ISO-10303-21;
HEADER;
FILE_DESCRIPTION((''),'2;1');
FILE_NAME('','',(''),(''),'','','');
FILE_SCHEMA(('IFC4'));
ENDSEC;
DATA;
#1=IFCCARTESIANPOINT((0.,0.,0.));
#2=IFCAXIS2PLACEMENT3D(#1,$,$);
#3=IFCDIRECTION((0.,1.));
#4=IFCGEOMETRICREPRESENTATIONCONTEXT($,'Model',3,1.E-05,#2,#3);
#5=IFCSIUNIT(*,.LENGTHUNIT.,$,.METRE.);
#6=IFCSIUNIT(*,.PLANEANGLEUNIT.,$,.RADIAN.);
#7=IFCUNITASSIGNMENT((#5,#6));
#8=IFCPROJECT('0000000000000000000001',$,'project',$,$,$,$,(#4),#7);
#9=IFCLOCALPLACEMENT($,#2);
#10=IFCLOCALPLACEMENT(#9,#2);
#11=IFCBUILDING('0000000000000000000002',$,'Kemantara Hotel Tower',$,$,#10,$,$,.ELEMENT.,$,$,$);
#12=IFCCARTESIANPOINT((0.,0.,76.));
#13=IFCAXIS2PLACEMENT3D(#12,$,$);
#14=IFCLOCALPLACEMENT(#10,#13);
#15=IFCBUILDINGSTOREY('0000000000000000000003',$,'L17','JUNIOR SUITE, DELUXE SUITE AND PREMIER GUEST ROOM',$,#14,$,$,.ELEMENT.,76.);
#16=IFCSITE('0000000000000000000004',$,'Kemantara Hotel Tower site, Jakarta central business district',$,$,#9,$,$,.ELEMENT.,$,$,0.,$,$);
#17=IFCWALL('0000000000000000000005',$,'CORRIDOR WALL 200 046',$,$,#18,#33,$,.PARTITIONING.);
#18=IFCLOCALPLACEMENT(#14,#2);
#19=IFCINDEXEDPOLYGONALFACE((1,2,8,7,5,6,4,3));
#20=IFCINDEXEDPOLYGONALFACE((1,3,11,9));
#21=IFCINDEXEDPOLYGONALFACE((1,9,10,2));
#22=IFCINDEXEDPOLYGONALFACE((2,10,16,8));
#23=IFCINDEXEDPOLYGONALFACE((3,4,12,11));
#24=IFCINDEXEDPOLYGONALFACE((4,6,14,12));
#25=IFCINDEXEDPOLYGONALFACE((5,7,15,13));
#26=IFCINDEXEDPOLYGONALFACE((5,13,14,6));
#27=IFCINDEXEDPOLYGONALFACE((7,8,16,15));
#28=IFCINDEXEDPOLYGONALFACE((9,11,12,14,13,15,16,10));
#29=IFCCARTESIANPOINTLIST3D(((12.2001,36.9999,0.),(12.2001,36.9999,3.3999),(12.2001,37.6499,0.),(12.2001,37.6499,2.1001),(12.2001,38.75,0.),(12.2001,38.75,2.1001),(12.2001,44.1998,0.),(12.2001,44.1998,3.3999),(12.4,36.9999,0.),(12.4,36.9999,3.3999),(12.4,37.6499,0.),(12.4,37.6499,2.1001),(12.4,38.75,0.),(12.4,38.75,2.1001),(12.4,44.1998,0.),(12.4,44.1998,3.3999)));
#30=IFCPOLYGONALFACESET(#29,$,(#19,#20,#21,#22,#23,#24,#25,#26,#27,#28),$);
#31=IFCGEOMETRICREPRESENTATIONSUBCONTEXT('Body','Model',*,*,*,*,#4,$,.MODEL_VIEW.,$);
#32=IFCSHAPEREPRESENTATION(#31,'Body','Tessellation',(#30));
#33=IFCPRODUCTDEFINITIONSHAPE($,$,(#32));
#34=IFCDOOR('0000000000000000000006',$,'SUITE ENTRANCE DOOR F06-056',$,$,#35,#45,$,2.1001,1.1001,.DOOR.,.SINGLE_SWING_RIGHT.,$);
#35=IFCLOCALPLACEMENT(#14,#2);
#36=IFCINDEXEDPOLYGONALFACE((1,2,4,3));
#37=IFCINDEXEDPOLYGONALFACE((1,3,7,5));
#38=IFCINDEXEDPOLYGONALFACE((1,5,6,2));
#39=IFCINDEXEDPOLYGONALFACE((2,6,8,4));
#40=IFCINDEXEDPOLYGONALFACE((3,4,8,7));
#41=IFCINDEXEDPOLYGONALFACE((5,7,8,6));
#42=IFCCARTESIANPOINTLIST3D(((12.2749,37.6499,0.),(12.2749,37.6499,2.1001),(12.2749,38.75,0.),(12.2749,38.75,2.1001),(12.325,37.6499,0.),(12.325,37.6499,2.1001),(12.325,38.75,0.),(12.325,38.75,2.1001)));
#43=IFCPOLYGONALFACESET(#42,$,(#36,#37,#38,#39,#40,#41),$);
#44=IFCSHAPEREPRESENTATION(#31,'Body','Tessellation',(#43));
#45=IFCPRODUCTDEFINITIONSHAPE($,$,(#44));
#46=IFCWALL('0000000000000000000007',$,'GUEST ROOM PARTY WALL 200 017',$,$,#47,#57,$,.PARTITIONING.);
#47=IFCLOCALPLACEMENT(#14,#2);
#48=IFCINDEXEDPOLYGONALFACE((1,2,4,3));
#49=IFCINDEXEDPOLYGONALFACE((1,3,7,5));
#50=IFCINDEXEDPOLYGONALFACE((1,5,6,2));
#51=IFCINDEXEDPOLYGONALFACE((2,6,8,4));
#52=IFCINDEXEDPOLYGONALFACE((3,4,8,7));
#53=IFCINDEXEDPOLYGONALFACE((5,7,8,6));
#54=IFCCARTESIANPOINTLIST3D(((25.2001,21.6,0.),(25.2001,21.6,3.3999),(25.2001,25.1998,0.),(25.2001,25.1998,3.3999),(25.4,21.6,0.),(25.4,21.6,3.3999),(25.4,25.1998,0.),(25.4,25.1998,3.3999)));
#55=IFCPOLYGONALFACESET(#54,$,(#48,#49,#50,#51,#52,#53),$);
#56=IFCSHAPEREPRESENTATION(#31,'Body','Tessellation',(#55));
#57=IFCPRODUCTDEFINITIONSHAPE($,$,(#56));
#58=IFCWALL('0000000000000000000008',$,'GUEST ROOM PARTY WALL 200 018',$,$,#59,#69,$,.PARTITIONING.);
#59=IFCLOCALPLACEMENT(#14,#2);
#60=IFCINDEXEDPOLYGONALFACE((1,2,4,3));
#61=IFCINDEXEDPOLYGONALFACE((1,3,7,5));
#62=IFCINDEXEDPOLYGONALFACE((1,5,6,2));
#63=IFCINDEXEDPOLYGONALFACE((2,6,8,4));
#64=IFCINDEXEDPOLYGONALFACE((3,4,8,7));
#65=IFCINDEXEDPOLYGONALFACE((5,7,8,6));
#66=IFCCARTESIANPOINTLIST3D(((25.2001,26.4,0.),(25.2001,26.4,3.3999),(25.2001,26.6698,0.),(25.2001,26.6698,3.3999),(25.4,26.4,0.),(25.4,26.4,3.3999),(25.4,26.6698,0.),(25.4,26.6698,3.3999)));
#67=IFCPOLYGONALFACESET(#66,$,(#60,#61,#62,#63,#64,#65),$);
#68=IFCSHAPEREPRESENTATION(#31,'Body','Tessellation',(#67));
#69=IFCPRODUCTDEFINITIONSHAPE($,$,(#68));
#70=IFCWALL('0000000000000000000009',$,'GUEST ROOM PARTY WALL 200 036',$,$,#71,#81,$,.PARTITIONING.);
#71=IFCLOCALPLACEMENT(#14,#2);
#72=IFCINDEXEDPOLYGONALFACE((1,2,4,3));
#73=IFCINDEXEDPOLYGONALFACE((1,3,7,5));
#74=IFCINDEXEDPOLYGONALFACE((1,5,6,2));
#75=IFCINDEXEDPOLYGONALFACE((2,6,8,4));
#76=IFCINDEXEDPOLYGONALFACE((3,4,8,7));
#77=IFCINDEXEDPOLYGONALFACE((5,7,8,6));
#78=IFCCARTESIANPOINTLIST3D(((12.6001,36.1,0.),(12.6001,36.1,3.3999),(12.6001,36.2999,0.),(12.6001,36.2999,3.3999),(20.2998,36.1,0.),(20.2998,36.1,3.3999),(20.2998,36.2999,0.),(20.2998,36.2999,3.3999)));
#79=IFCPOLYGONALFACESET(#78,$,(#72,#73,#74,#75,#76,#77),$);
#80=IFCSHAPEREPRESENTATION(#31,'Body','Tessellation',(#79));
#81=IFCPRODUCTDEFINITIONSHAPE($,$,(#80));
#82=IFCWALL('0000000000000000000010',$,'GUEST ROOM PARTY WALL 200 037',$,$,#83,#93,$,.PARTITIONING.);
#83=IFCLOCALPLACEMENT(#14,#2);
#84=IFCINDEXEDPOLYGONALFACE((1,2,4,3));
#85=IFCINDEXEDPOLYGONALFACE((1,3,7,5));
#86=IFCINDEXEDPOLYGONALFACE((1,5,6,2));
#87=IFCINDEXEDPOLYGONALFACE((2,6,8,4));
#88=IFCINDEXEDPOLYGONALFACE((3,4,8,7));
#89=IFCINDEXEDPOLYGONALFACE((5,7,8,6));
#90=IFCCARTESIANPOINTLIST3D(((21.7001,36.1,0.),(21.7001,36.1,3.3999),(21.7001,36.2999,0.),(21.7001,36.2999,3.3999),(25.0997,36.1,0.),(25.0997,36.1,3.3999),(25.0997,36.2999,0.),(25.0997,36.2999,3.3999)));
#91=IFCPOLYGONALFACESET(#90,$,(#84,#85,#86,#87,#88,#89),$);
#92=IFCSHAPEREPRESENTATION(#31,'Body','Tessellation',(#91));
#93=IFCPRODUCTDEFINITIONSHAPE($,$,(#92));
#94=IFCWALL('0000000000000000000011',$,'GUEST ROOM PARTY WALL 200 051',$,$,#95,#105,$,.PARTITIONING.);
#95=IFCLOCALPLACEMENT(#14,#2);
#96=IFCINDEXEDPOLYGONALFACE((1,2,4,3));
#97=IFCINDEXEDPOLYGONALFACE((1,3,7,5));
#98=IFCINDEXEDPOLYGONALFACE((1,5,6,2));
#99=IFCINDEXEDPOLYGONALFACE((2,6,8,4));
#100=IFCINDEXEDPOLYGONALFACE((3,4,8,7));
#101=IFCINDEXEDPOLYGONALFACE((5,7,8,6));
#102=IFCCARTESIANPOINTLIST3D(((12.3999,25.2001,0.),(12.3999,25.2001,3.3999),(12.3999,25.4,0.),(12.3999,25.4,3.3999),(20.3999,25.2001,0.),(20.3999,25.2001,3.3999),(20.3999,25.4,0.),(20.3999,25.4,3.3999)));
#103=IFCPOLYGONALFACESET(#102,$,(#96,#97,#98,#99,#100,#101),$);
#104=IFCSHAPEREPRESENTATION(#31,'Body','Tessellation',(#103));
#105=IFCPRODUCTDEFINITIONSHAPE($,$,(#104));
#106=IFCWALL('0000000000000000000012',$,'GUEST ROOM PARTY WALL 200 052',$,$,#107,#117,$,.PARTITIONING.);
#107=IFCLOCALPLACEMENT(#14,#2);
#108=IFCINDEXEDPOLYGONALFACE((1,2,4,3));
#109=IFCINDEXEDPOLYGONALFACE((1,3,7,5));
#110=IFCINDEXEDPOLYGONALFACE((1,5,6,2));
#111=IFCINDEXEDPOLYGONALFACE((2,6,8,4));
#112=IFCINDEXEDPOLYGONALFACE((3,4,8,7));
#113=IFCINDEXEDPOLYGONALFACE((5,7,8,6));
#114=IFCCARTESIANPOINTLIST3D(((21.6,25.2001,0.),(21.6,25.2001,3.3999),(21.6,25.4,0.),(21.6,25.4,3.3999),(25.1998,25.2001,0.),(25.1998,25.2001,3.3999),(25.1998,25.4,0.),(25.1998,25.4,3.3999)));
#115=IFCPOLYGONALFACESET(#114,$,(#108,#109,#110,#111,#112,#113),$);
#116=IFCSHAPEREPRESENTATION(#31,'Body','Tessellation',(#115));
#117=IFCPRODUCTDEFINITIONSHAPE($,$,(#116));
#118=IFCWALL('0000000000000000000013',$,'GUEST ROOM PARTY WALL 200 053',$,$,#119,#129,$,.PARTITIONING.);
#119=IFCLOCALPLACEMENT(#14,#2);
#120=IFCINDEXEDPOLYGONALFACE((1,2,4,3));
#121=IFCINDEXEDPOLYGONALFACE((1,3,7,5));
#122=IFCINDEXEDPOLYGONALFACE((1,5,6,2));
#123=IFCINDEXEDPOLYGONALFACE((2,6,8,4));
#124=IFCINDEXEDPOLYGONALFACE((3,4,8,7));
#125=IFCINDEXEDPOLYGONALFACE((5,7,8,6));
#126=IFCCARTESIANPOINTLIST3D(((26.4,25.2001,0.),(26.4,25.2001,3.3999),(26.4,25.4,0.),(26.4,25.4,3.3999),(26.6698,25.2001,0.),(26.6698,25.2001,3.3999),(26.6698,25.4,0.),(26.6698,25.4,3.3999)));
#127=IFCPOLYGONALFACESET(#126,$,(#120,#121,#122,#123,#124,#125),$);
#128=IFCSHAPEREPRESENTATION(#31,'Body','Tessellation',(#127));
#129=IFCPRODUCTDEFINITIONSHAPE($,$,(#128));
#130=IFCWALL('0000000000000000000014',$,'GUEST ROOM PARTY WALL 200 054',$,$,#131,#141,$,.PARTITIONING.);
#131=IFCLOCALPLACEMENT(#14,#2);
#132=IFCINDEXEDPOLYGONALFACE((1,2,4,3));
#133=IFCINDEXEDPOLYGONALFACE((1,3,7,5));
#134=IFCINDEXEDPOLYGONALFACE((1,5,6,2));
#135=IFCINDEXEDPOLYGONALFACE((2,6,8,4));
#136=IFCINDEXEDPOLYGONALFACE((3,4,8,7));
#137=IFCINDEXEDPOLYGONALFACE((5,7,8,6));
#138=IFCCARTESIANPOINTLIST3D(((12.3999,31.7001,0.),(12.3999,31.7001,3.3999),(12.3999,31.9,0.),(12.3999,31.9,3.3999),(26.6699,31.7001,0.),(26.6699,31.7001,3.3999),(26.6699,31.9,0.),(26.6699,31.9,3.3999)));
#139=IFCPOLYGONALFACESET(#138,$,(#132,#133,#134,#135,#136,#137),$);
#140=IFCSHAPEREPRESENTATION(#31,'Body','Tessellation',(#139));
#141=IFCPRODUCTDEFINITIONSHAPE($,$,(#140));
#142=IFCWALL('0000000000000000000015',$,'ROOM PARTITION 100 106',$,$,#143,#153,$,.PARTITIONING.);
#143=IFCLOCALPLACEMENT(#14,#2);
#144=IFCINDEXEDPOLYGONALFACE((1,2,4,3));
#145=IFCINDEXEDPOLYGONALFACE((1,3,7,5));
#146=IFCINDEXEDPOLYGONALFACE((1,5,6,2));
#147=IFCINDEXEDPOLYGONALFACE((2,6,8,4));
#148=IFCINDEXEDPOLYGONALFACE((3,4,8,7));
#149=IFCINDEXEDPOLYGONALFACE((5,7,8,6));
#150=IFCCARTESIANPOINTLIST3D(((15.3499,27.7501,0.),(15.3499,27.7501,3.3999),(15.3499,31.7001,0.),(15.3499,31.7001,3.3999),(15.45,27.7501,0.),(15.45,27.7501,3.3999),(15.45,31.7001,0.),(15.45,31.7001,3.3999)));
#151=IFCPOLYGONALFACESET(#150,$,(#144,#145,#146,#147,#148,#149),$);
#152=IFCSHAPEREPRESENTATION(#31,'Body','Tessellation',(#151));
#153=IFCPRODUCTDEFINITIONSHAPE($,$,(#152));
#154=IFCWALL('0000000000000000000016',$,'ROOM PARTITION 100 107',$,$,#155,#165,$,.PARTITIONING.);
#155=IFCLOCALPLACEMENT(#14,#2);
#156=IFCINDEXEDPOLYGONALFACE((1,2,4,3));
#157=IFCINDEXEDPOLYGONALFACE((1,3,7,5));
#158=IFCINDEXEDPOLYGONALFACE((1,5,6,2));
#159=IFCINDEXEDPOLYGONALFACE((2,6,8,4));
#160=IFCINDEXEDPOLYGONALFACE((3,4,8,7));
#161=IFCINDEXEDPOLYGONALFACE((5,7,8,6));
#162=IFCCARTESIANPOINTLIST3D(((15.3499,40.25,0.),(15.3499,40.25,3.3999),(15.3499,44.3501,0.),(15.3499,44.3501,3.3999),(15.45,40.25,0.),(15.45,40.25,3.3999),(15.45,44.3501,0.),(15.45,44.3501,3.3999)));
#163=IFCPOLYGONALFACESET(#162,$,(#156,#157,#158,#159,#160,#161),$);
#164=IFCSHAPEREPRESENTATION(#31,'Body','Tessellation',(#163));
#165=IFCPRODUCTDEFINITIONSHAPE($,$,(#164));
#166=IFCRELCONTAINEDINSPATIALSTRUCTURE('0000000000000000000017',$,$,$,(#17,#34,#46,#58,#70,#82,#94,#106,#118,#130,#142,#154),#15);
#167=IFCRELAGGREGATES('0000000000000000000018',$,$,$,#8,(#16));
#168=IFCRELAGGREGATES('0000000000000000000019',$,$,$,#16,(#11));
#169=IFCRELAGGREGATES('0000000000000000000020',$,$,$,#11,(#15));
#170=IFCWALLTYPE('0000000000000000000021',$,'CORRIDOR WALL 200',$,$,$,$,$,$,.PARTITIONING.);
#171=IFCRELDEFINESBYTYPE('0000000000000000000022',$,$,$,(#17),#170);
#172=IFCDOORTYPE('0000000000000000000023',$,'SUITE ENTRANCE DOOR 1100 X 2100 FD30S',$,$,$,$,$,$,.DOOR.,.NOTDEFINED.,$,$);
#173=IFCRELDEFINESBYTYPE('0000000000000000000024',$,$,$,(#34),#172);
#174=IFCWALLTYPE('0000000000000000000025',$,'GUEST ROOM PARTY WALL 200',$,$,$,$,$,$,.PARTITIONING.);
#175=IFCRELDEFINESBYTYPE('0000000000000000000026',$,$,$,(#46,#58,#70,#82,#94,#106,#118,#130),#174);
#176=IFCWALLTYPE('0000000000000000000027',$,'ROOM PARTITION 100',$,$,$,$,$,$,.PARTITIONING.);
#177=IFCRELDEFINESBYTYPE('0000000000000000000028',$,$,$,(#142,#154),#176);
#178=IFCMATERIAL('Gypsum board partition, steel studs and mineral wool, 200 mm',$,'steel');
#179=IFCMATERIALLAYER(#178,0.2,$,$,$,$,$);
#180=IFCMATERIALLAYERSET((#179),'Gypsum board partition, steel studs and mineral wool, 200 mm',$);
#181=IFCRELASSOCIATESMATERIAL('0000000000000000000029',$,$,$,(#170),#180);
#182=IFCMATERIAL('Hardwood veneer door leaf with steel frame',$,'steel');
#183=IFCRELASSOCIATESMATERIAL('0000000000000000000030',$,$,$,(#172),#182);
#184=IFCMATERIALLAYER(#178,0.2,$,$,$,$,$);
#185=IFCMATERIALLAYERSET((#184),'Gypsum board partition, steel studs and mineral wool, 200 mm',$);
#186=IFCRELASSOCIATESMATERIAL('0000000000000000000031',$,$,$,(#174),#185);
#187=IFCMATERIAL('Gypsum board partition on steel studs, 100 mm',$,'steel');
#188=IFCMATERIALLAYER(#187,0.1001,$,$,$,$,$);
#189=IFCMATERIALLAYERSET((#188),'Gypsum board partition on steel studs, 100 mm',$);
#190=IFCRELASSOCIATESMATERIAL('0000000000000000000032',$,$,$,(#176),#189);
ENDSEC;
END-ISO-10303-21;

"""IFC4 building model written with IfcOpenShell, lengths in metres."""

from ifc_helpers import new_model, si_unit, direction, frame, frame_2d, origin, place, context, subcontext, project, spatial, rectangle, extrude, material, layer, layer_set, type_object, element, fill, save


model = new_model("IFC4")

# Units and contexts
model_context = context("Model", 3, precision=1e-05, world=origin(), true_north=direction((0.0, 1.0)))
body_context = subcontext(model_context, "Body", "Model", "MODEL_VIEW")
ifc_project = project(units=[si_unit("LENGTHUNIT", "METRE"), si_unit("PLANEANGLEUNIT", "RADIAN")], contexts=[model_context])

# Site, building, storey
site_placement = place(None, origin())
site = spatial("IfcSite", under=ifc_project, at=site_placement, Name="Kemantara Hotel Tower site, Jakarta central business district", CompositionType="ELEMENT", RefElevation=0.0)
building_placement = place(site_placement, origin())
building = spatial("IfcBuilding", under=site, at=building_placement, Name="Kemantara Hotel Tower", CompositionType="ELEMENT")
storey_placement = place(building_placement, frame((0.0, 0.0, 76.0)))
storey = spatial("IfcBuildingStorey", under=building, at=storey_placement, Name="L17", Description="JUNIOR SUITE, DELUXE SUITE AND PREMIER GUEST ROOM", CompositionType="ELEMENT", Elevation=76.0)

# Wall, opening, door
ifc_material_1 = material(Name="Gypsum board partition, steel studs and mineral wool, 200 mm", Category="steel")
ifc_layer_1 = layer(ifc_material_1, 0.2)
ifc_layer_set_1 = layer_set([ifc_layer_1], Name="Gypsum board partition, steel studs and mineral wool, 200 mm")
wall_type_1 = type_object("IfcWallType", Name="CORRIDOR WALL 200", PredefinedType="PARTITIONING", material=ifc_layer_set_1)
ifc_material_2 = material(Name="Hardwood veneer door leaf with steel frame", Category="steel")
door_type_1 = type_object("IfcDoorType", Name="SUITE ENTRANCE DOOR 1100 X 2100 FD30S", OperationType="NOTDEFINED", PredefinedType="DOOR", material=ifc_material_2)
wall_1_placement = place(storey_placement, frame((12.3, 44.2, 0.0), z_axis=(0.0, 0.0, 1.0), x_axis=(0.0, -1.0, 0.0)))
wall_1 = element("IfcWall", 1, at=wall_1_placement, inside=storey, type_object=wall_type_1, Name="CORRIDOR WALL 200 046", PredefinedType="PARTITIONING", context=body_context, shape_type="SweptSolid", body=[
    extrude(rectangle(XDim=7.2, YDim=0.2, at=frame_2d((3.6001, 0.0))), origin(), (0.0, 0.0, 1.0), 3.3999),
])
opening_1_placement = place(wall_1_placement, frame((5.45, 0.0, 0.0)))
opening_1 = element("IfcOpeningElement", 2, at=opening_1_placement, cuts=wall_1, PredefinedType="OPENING", context=body_context, shape_type="SweptSolid", body=[
    extrude(rectangle(XDim=1.1001, YDim=2.1001, at=frame_2d((0.55, 1.05))), frame((0.0, 0.1099, 0.0), z_axis=(0.0, -1.0, 0.0), x_axis=(1.0, 0.0, 0.0)), (0.0, 0.0, 1.0), 0.22),
])
door_1_placement = place(opening_1_placement, origin())
door_1 = element("IfcDoor", 3, at=door_1_placement, inside=storey, type_object=door_type_1, Name="SUITE ENTRANCE DOOR F06-056", OperationType="SINGLE_SWING_RIGHT", OverallHeight=2.1001, OverallWidth=1.1001, PredefinedType="DOOR", context=body_context, shape_type="SweptSolid", body=[
    extrude(rectangle(XDim=1.1001, YDim=2.1001, at=frame_2d((0.55, 1.05))), frame((0.0, 0.0249, 0.0), z_axis=(0.0, -1.0, 0.0), x_axis=(1.0, 0.0, 0.0)), (0.0, 0.0, 1.0), 0.05),
])
fill(opening_1, door_1)

# Walls
ifc_layer_2 = layer(ifc_material_1, 0.2)
ifc_layer_set_2 = layer_set([ifc_layer_2], Name="Gypsum board partition, steel studs and mineral wool, 200 mm")
wall_type_2 = type_object("IfcWallType", Name="GUEST ROOM PARTY WALL 200", PredefinedType="PARTITIONING", material=ifc_layer_set_2)
wall_2_placement = place(storey_placement, frame((25.3, 21.6001, 0.0), z_axis=(0.0, 0.0, 1.0), x_axis=(0.0, 1.0, 0.0)))
element("IfcWall", 4, at=wall_2_placement, inside=storey, type_object=wall_type_2, Name="GUEST ROOM PARTY WALL 200 017", PredefinedType="PARTITIONING", context=body_context, shape_type="SweptSolid", body=[
    extrude(rectangle(XDim=3.5999, YDim=0.2, at=frame_2d((1.7998, 0.0))), origin(), (0.0, 0.0, 1.0), 3.3999),
])
wall_3_placement = place(storey_placement, frame((25.3, 26.4001, 0.0), z_axis=(0.0, 0.0, 1.0), x_axis=(0.0, 1.0, 0.0)))
element("IfcWall", 5, at=wall_3_placement, inside=storey, type_object=wall_type_2, Name="GUEST ROOM PARTY WALL 200 018", PredefinedType="PARTITIONING", context=body_context, shape_type="SweptSolid", body=[
    extrude(rectangle(XDim=0.2698, YDim=0.2, at=frame_2d((0.1348, 0.0))), origin(), (0.0, 0.0, 1.0), 3.3999),
])
wall_4_placement = place(storey_placement, frame((12.6001, 36.2, 0.0), z_axis=(0.0, 0.0, 1.0), x_axis=(1.0, 0.0, 0.0)))
element("IfcWall", 6, at=wall_4_placement, inside=storey, type_object=wall_type_2, Name="GUEST ROOM PARTY WALL 200 036", PredefinedType="PARTITIONING", context=body_context, shape_type="SweptSolid", body=[
    extrude(rectangle(XDim=7.6997, YDim=0.2, at=frame_2d((3.8499, 0.0))), origin(), (0.0, 0.0, 1.0), 3.3999),
])
wall_5_placement = place(storey_placement, frame((21.7002, 36.2, 0.0), z_axis=(0.0, 0.0, 1.0), x_axis=(1.0, 0.0, 0.0)))
element("IfcWall", 7, at=wall_5_placement, inside=storey, type_object=wall_type_2, Name="GUEST ROOM PARTY WALL 200 037", PredefinedType="PARTITIONING", context=body_context, shape_type="SweptSolid", body=[
    extrude(rectangle(XDim=3.3997, YDim=0.2, at=frame_2d((1.6997, 0.0))), origin(), (0.0, 0.0, 1.0), 3.3999),
])
wall_6_placement = place(storey_placement, frame((12.3999, 25.3, 0.0), z_axis=(0.0, 0.0, 1.0), x_axis=(1.0, 0.0, 0.0)))
element("IfcWall", 8, at=wall_6_placement, inside=storey, type_object=wall_type_2, Name="GUEST ROOM PARTY WALL 200 051", PredefinedType="PARTITIONING", context=body_context, shape_type="SweptSolid", body=[
    extrude(rectangle(XDim=8.0, YDim=0.2, at=frame_2d((4.0, 0.0))), origin(), (0.0, 0.0, 1.0), 3.3999),
])
wall_7_placement = place(storey_placement, frame((21.6001, 25.3, 0.0), z_axis=(0.0, 0.0, 1.0), x_axis=(1.0, 0.0, 0.0)))
element("IfcWall", 9, at=wall_7_placement, inside=storey, type_object=wall_type_2, Name="GUEST ROOM PARTY WALL 200 052", PredefinedType="PARTITIONING", context=body_context, shape_type="SweptSolid", body=[
    extrude(rectangle(XDim=3.5999, YDim=0.2, at=frame_2d((1.7998, 0.0))), origin(), (0.0, 0.0, 1.0), 3.3999),
])
wall_8_placement = place(storey_placement, frame((26.4001, 25.3, 0.0), z_axis=(0.0, 0.0, 1.0), x_axis=(1.0, 0.0, 0.0)))
element("IfcWall", 10, at=wall_8_placement, inside=storey, type_object=wall_type_2, Name="GUEST ROOM PARTY WALL 200 053", PredefinedType="PARTITIONING", context=body_context, shape_type="SweptSolid", body=[
    extrude(rectangle(XDim=0.2698, YDim=0.2, at=frame_2d((0.1348, 0.0))), origin(), (0.0, 0.0, 1.0), 3.3999),
])
wall_9_placement = place(storey_placement, frame((12.3999, 31.8, 0.0), z_axis=(0.0, 0.0, 1.0), x_axis=(1.0, 0.0, 0.0)))
element("IfcWall", 11, at=wall_9_placement, inside=storey, type_object=wall_type_2, Name="GUEST ROOM PARTY WALL 200 054", PredefinedType="PARTITIONING", context=body_context, shape_type="SweptSolid", body=[
    extrude(rectangle(XDim=14.27, YDim=0.2, at=frame_2d((7.135, 0.0))), origin(), (0.0, 0.0, 1.0), 3.3999),
])
ifc_material_3 = material(Name="Gypsum board partition on steel studs, 100 mm", Category="steel")
ifc_layer_3 = layer(ifc_material_3, 0.1001)
ifc_layer_set_3 = layer_set([ifc_layer_3], Name="Gypsum board partition on steel studs, 100 mm")
wall_type_3 = type_object("IfcWallType", Name="ROOM PARTITION 100", PredefinedType="PARTITIONING", material=ifc_layer_set_3)
wall_10_placement = place(storey_placement, frame((15.3999, 27.75, 0.0), z_axis=(0.0, 0.0, 1.0), x_axis=(0.0, 1.0, 0.0)))
element("IfcWall", 12, at=wall_10_placement, inside=storey, type_object=wall_type_3, Name="ROOM PARTITION 100 106", PredefinedType="PARTITIONING", context=body_context, shape_type="SweptSolid", body=[
    extrude(rectangle(XDim=3.95, YDim=0.1001, at=frame_2d((1.9751, 0.0))), origin(), (0.0, 0.0, 1.0), 3.3999),
])
wall_11_placement = place(storey_placement, frame((15.3999, 40.25, 0.0), z_axis=(0.0, 0.0, 1.0), x_axis=(0.0, 1.0, 0.0)))
element("IfcWall", 13, at=wall_11_placement, inside=storey, type_object=wall_type_3, Name="ROOM PARTITION 100 107", PredefinedType="PARTITIONING", context=body_context, shape_type="SweptSolid", body=[
    extrude(rectangle(XDim=4.1001, YDim=0.1001, at=frame_2d((2.05, 0.0))), origin(), (0.0, 0.0, 1.0), 3.3999),
])

save(model, "model.ifc")
